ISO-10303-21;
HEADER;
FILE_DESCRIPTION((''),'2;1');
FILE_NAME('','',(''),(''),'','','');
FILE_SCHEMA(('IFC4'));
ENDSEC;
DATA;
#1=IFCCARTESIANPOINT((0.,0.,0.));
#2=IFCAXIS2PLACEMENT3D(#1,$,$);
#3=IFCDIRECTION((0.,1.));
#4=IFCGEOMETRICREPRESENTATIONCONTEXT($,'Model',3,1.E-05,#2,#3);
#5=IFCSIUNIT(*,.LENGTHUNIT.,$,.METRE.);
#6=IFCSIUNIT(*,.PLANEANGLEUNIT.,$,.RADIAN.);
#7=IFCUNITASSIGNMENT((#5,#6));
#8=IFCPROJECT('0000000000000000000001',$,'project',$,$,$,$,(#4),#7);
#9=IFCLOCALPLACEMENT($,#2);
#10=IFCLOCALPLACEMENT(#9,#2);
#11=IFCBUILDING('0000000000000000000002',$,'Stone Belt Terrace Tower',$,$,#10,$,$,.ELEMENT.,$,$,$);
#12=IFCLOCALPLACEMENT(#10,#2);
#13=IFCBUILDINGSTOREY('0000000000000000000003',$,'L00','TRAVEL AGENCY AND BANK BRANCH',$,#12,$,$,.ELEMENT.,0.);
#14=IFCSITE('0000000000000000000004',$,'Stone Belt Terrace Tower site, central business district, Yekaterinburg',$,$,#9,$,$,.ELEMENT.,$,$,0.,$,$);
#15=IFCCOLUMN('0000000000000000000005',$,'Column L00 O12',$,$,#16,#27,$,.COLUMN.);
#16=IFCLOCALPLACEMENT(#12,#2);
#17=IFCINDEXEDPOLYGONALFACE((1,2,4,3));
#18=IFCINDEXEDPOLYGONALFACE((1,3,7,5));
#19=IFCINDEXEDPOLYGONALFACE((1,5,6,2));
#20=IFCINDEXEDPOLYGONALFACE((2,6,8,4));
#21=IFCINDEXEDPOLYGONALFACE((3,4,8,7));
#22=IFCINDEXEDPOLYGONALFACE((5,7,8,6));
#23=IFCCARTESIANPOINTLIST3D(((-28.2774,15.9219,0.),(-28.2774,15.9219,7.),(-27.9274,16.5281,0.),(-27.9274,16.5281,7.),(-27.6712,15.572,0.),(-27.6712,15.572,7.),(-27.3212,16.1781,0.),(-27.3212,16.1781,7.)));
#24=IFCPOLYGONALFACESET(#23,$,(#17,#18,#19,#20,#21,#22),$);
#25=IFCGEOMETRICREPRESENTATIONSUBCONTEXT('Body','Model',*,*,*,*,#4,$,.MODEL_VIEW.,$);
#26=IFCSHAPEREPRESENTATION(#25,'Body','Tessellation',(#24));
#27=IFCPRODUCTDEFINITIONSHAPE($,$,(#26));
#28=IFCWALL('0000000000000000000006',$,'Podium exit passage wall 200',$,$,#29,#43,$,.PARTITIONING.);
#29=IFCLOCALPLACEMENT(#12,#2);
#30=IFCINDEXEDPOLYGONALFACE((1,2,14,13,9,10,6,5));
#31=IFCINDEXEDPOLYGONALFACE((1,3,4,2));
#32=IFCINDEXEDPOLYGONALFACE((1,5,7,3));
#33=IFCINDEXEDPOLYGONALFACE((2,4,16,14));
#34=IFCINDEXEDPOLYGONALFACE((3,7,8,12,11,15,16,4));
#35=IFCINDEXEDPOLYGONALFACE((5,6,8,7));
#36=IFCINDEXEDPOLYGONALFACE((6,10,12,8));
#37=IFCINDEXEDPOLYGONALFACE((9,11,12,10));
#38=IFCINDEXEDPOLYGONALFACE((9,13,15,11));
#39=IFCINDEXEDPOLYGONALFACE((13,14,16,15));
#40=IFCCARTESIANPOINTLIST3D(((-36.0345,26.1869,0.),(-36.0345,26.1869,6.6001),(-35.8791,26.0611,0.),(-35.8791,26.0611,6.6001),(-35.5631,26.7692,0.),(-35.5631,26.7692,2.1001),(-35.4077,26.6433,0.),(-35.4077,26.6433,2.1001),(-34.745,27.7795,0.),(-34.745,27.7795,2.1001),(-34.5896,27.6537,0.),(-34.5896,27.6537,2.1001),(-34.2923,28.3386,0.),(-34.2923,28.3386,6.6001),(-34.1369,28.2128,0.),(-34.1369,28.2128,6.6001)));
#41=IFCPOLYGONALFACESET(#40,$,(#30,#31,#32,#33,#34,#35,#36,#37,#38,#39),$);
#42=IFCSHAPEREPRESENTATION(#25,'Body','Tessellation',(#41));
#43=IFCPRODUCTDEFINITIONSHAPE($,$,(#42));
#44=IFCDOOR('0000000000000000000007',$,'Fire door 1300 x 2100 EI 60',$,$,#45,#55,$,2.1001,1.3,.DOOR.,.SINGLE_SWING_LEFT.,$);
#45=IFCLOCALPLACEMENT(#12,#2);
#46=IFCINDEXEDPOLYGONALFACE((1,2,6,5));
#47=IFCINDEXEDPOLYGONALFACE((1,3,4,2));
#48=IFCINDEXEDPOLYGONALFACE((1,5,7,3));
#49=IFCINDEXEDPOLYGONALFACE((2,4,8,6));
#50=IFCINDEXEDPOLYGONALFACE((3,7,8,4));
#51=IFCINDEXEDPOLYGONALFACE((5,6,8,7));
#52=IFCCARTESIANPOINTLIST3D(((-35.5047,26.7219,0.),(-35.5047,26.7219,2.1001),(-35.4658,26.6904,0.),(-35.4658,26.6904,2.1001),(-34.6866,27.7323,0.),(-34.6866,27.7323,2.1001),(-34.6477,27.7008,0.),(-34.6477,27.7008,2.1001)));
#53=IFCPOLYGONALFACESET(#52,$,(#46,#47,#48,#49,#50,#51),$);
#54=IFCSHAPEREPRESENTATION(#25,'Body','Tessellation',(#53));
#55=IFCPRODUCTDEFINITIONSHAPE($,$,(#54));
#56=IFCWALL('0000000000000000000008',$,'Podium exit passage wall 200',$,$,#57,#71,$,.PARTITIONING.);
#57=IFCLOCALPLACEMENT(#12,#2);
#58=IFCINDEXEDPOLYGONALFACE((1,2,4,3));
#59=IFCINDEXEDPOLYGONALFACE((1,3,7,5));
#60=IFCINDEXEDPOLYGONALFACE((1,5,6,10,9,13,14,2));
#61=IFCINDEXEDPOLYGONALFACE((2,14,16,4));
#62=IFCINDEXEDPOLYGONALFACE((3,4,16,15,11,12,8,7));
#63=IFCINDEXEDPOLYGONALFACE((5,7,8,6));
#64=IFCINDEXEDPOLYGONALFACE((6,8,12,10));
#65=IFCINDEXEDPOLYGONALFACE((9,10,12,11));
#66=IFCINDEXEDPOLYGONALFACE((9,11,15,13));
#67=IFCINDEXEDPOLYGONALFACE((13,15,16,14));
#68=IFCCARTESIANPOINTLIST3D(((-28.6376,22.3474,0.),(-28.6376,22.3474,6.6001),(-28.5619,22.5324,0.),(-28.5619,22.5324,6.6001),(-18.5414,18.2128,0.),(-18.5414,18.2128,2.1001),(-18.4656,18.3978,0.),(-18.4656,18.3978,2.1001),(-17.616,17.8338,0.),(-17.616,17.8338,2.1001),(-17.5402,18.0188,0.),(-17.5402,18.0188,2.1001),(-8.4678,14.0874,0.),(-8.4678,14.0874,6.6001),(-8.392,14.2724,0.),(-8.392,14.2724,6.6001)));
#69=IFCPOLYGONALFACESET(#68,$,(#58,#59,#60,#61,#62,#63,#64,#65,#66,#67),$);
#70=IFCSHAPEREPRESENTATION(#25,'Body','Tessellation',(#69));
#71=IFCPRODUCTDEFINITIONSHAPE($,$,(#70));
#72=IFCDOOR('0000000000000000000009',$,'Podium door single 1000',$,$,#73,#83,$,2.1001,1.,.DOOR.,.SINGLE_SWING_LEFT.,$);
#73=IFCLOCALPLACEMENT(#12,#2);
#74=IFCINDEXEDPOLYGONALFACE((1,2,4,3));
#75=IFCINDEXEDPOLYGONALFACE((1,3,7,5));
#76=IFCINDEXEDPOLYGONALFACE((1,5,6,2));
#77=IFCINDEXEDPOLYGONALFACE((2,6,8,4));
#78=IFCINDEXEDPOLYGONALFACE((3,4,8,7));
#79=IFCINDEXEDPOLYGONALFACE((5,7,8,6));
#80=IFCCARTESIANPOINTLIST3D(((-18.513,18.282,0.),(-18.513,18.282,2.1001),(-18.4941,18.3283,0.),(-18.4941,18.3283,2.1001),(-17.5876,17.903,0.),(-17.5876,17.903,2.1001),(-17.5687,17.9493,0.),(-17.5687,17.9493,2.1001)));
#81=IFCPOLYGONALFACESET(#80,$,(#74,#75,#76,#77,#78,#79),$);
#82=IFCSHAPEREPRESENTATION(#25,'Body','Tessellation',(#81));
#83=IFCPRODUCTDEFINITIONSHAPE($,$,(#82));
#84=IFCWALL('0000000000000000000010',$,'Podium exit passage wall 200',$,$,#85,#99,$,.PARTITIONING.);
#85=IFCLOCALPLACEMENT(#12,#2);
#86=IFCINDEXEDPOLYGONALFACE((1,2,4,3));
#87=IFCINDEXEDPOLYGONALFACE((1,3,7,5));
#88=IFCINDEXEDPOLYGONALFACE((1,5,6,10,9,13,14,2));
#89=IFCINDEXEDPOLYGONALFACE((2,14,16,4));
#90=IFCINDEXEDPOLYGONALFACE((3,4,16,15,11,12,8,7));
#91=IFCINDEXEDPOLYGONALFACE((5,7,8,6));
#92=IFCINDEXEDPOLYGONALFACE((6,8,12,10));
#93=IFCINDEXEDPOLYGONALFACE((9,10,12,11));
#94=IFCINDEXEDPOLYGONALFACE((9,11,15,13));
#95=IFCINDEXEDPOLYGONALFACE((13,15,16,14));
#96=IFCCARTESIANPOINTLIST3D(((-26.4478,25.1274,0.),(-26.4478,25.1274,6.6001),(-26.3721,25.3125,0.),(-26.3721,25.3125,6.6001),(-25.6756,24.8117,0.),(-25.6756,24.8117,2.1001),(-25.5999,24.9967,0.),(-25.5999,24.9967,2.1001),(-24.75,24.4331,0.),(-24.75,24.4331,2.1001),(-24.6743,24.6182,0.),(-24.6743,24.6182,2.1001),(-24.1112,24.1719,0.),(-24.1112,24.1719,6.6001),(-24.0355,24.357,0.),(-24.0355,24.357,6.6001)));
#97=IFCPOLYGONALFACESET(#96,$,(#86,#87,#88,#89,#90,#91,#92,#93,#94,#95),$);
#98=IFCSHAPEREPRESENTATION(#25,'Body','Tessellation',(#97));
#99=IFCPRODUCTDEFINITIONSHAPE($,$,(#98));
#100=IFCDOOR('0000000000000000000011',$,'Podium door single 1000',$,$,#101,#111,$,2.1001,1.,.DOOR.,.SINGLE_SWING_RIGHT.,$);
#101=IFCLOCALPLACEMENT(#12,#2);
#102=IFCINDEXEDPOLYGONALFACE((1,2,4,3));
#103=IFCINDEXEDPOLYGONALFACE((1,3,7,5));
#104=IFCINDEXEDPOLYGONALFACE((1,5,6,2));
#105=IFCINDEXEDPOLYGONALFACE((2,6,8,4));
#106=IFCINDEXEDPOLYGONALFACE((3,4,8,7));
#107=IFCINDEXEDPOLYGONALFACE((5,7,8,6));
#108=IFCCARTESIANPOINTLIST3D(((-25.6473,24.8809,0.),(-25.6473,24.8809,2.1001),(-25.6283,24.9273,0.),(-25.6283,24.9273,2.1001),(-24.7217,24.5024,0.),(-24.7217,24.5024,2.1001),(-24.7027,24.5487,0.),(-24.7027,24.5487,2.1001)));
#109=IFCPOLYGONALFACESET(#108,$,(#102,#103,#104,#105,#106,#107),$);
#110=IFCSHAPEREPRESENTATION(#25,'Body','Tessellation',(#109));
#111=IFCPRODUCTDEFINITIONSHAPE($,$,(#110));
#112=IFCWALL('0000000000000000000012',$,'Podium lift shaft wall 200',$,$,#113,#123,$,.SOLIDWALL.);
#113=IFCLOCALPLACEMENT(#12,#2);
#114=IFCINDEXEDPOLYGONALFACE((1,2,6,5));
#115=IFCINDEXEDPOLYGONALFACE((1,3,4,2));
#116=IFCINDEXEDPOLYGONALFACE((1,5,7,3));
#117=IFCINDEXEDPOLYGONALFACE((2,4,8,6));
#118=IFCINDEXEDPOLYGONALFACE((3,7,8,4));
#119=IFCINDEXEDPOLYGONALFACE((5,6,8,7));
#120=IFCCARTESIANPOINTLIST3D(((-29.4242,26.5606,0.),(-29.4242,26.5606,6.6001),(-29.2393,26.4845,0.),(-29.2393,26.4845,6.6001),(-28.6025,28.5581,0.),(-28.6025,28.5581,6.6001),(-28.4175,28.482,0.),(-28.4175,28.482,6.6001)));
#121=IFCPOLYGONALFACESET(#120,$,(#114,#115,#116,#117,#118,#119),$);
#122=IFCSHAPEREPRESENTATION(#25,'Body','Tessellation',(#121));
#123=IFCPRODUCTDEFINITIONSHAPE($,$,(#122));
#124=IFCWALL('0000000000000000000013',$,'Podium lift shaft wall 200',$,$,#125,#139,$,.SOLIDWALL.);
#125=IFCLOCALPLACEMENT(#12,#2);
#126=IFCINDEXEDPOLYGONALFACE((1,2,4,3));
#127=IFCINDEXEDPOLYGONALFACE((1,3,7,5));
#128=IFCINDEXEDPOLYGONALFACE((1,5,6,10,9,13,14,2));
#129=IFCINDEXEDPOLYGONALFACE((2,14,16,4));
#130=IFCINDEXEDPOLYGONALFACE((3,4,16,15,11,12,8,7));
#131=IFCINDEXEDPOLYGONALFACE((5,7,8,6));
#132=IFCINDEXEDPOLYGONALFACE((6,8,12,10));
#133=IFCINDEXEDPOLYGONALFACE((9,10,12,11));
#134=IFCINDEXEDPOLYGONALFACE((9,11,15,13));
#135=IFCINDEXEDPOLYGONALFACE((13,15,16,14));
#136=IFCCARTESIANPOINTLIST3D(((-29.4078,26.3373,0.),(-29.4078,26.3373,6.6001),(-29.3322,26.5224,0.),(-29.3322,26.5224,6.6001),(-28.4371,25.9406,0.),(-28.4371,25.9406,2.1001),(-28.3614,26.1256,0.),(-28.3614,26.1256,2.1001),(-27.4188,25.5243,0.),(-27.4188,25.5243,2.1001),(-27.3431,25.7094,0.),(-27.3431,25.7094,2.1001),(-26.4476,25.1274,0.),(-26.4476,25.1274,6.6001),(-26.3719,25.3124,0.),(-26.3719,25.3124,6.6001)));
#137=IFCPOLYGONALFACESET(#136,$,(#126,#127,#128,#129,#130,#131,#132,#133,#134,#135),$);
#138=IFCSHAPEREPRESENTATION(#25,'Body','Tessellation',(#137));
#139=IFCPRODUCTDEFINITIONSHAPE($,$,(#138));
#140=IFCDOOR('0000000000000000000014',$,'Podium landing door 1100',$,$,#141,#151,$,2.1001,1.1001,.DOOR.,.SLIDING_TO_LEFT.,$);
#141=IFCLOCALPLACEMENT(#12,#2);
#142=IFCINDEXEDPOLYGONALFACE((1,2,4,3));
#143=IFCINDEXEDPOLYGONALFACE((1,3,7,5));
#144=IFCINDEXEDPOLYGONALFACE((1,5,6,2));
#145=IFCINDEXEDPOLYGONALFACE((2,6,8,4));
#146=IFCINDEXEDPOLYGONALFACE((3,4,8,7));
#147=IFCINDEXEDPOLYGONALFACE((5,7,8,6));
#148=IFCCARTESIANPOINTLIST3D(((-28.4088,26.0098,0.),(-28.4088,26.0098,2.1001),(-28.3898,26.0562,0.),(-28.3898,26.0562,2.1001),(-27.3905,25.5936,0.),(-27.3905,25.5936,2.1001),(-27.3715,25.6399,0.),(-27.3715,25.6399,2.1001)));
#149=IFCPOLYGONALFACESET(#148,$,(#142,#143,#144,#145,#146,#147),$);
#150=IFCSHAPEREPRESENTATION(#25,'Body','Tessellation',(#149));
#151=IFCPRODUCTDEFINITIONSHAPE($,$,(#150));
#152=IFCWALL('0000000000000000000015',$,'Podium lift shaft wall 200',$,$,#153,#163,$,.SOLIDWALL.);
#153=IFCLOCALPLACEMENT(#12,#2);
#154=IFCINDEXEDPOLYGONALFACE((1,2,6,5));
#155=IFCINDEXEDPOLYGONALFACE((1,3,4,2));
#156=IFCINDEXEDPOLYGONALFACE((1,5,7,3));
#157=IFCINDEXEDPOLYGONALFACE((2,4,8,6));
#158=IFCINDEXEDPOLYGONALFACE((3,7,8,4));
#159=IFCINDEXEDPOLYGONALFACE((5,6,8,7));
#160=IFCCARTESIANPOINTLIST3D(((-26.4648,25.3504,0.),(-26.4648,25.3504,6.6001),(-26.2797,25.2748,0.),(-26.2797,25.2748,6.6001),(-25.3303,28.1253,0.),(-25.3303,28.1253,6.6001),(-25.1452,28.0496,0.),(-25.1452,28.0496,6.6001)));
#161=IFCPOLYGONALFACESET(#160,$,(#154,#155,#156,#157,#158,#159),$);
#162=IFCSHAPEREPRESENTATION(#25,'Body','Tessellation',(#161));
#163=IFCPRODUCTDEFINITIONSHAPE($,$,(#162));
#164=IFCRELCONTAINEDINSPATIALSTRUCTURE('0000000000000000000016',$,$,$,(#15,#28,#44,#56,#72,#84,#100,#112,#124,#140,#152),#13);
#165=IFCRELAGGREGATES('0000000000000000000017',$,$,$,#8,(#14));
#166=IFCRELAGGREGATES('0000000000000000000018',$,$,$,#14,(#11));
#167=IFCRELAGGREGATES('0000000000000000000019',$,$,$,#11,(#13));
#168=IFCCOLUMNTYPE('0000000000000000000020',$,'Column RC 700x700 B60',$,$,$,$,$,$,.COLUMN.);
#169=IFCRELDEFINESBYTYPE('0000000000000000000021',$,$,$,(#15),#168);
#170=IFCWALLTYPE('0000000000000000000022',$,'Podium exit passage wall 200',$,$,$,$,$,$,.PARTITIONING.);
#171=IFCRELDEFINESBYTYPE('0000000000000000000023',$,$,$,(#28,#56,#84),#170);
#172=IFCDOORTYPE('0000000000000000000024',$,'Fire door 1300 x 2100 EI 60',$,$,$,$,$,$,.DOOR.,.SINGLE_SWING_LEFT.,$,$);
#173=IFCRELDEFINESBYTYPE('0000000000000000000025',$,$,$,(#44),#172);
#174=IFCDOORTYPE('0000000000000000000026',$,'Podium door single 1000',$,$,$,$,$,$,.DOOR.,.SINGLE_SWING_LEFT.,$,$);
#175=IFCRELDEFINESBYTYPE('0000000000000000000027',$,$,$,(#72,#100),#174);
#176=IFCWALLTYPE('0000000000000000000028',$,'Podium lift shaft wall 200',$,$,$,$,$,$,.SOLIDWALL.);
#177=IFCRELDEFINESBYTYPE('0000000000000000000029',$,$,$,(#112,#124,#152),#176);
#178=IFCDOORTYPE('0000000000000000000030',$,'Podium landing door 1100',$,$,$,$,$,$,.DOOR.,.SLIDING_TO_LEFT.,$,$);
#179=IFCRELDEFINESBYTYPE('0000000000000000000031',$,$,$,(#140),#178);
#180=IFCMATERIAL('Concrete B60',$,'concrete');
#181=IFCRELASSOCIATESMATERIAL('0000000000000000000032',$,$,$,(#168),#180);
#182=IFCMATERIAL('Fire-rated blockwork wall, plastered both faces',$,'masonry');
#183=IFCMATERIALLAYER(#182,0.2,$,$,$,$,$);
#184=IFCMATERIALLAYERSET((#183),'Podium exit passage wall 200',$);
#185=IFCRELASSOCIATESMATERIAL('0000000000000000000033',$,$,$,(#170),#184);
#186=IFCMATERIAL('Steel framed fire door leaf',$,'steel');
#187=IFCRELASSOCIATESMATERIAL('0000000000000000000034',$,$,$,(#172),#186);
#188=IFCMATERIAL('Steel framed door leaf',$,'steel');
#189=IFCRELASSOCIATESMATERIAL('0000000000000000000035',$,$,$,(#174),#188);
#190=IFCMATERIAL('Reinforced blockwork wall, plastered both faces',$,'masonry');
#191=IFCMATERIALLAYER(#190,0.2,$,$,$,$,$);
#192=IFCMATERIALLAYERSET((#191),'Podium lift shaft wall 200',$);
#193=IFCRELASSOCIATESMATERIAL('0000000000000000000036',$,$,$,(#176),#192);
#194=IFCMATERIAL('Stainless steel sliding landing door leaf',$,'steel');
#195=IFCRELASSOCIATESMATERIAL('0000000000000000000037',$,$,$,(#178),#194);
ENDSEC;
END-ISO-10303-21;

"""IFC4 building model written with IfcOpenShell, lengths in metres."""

from ifc_helpers import new_model, si_unit, direction, frame, frame_2d, origin, origin_2d, place, context, subcontext, project, spatial, rectangle, extrude, material, layer, layer_set, material_profile, profile_set, type_object, element, fill, save


model = new_model("IFC4")

# Units and contexts
model_context = context("Model", 3, precision=1e-05, world=origin(), true_north=direction((0.0, 1.0)))
body_context = subcontext(model_context, "Body", "Model", "MODEL_VIEW")
ifc_project = project(units=[si_unit("LENGTHUNIT", "METRE"), si_unit("PLANEANGLEUNIT", "RADIAN")], contexts=[model_context])

# Site, building, storey
site_placement = place(None, origin())
site = spatial("IfcSite", under=ifc_project, at=site_placement, Name="Stone Belt Terrace Tower site, central business district, Yekaterinburg", CompositionType="ELEMENT", RefElevation=0.0)
building_placement = place(site_placement, origin())
building = spatial("IfcBuilding", under=site, at=building_placement, Name="Stone Belt Terrace Tower", CompositionType="ELEMENT")
storey_placement = place(building_placement, origin())
storey = spatial("IfcBuildingStorey", under=building, at=storey_placement, Name="L00", Description="TRAVEL AGENCY AND BANK BRANCH", CompositionType="ELEMENT", Elevation=0.0)

# Column
ifc_material_1 = material(Name="Concrete B60", Category="concrete")
ifc_material_profile = material_profile(ifc_material_1, rectangle(XDim=0.7, YDim=0.7, at=origin_2d()), Name="RC 700x700")
ifc_profile_set = profile_set([ifc_material_profile], Name="Concrete B60")
column_type = type_object("IfcColumnType", Name="Column RC 700x700 B60", PredefinedType="COLUMN", material=ifc_profile_set)
column_placement = place(storey_placement, frame((-27.7993, 16.05, 0.0), z_axis=(0.0, 0.0, 1.0), x_axis=(0.5, 0.866025, 0.0)))
element("IfcColumn", 1, at=column_placement, inside=storey, type_object=column_type, Name="Column L00 O12", PredefinedType="COLUMN", context=body_context, shape_type="SweptSolid", body=[
    extrude(rectangle(XDim=0.7, YDim=0.7, at=origin_2d()), origin(), (0.0, 0.0, 1.0), 7.0),
])

# Walls, openings, doors
ifc_material_2 = material(Name="Fire-rated blockwork wall, plastered both faces", Category="masonry")
ifc_layer_1 = layer(ifc_material_2, 0.2)
ifc_layer_set_1 = layer_set([ifc_layer_1], Name="Podium exit passage wall 200")
wall_type_1 = type_object("IfcWallType", Name="Podium exit passage wall 200", PredefinedType="PARTITIONING", material=ifc_layer_set_1)
wall_1_placement = place(storey_placement, frame((-35.9568, 26.124, 0.0), z_axis=(0.0, 0.0, 1.0), x_axis=(0.629287, 0.777173, 0.0)))
wall_1 = element("IfcWall", 2, at=wall_1_placement, inside=storey, type_object=wall_type_1, Name="Podium exit passage wall 200", PredefinedType="PARTITIONING", context=body_context, shape_type="SweptSolid", body=[
    extrude(rectangle(XDim=2.7686, YDim=0.2, at=frame_2d((1.3843, 0.0))), origin(), (0.0, 0.0, 1.0), 6.6001),
])
opening_1_placement = place(wall_1_placement, frame((0.7493, 0.0, 0.0)))
opening_1 = element("IfcOpeningElement", 3, at=opening_1_placement, cuts=wall_1, PredefinedType="OPENING", context=body_context, shape_type="SweptSolid", body=[
    extrude(rectangle(XDim=1.3, YDim=2.1001, at=frame_2d((0.6499, 1.05))), frame((0.0, 0.1099, 0.0), z_axis=(0.0, -1.0, 0.0), x_axis=(1.0, 0.0, 0.0)), (0.0, 0.0, 1.0), 0.22),
])
ifc_material_3 = material(Name="Steel framed fire door leaf", Category="steel")
door_type_1 = type_object("IfcDoorType", Name="Fire door 1300 x 2100 EI 60", OperationType="SINGLE_SWING_LEFT", PredefinedType="DOOR", material=ifc_material_3)
door_1_placement = place(opening_1_placement, origin())
door_1 = element("IfcDoor", 4, at=door_1_placement, inside=storey, type_object=door_type_1, Name="Fire door 1300 x 2100 EI 60", OperationType="SINGLE_SWING_LEFT", OverallHeight=2.1001, OverallWidth=1.3, PredefinedType="DOOR", context=body_context, shape_type="SweptSolid", body=[
    extrude(rectangle(XDim=1.3, YDim=2.1001, at=frame_2d((0.6499, 1.05))), frame((0.0, 0.0249, 0.0), z_axis=(0.0, -1.0, 0.0), x_axis=(1.0, 0.0, 0.0)), (0.0, 0.0, 1.0), 0.05),
])
fill(opening_1, door_1)
wall_2_placement = place(storey_placement, frame((-28.5999, 22.4399, 0.0), z_axis=(0.0, 0.0, 1.0), x_axis=(0.925407, -0.378974, 0.0)))
wall_2 = element("IfcWall", 5, at=wall_2_placement, inside=storey, type_object=wall_type_1, Name="Podium exit passage wall 200", PredefinedType="PARTITIONING", context=body_context, shape_type="SweptSolid", body=[
    extrude(rectangle(XDim=21.7957, YDim=0.2, at=frame_2d((10.8979, 0.0))), origin(), (0.0, 0.0, 1.0), 6.6001),
])
opening_2_placement = place(wall_2_placement, frame((10.9102, 0.0, 0.0)))
opening_2 = element("IfcOpeningElement", 6, at=opening_2_placement, cuts=wall_2, PredefinedType="OPENING", context=body_context, shape_type="SweptSolid", body=[
    extrude(rectangle(XDim=1.0, YDim=2.1001, at=frame_2d((0.5, 1.05))), frame((0.0, 0.1099, 0.0), z_axis=(0.0, -1.0, 0.0), x_axis=(1.0, 0.0, 0.0)), (0.0, 0.0, 1.0), 0.22),
])
ifc_material_4 = material(Name="Steel framed door leaf", Category="steel")
door_type_2 = type_object("IfcDoorType", Name="Podium door single 1000", OperationType="SINGLE_SWING_LEFT", PredefinedType="DOOR", material=ifc_material_4)
door_2_placement = place(opening_2_placement, origin())
door_2 = element("IfcDoor", 7, at=door_2_placement, inside=storey, type_object=door_type_2, Name="Podium door single 1000", OperationType="SINGLE_SWING_LEFT", OverallHeight=2.1001, OverallWidth=1.0, PredefinedType="DOOR", context=body_context, shape_type="SweptSolid", body=[
    extrude(rectangle(XDim=1.0, YDim=2.1001, at=frame_2d((0.5, 1.05))), frame((0.0, 0.0249, 0.0), z_axis=(0.0, -1.0, 0.0), x_axis=(1.0, 0.0, 0.0)), (0.0, 0.0, 1.0), 0.05),
])
fill(opening_2, door_2)
wall_3_placement = place(storey_placement, frame((-26.4099, 25.22, 0.0), z_axis=(0.0, 0.0, 1.0), x_axis=(0.925595, -0.378516, 0.0)))
wall_3 = element("IfcWall", 8, at=wall_3_placement, inside=storey, type_object=wall_type_1, Name="Podium exit passage wall 200", PredefinedType="PARTITIONING", context=body_context, shape_type="SweptSolid", body=[
    extrude(rectangle(XDim=2.5244, YDim=0.2, at=frame_2d((1.2622, 0.0))), origin(), (0.0, 0.0, 1.0), 6.6001),
])
opening_3_placement = place(wall_3_placement, frame((0.8342, 0.0, 0.0)))
opening_3 = element("IfcOpeningElement", 9, at=opening_3_placement, cuts=wall_3, PredefinedType="OPENING", context=body_context, shape_type="SweptSolid", body=[
    extrude(rectangle(XDim=1.0, YDim=2.1001, at=frame_2d((0.5, 1.05))), frame((0.0, 0.1099, 0.0), z_axis=(0.0, -1.0, 0.0), x_axis=(1.0, 0.0, 0.0)), (0.0, 0.0, 1.0), 0.22),
])
door_3_placement = place(opening_3_placement, origin())
door_3 = element("IfcDoor", 10, at=door_3_placement, inside=storey, type_object=door_type_2, Name="Podium door single 1000", OperationType="SINGLE_SWING_RIGHT", OverallHeight=2.1001, OverallWidth=1.0, PredefinedType="DOOR", context=body_context, shape_type="SweptSolid", body=[
    extrude(rectangle(XDim=1.0, YDim=2.1001, at=frame_2d((0.5, 1.05))), frame((0.0, 0.0249, 0.0), z_axis=(0.0, -1.0, 0.0), x_axis=(1.0, 0.0, 0.0)), (0.0, 0.0, 1.0), 0.05),
])
fill(opening_3, door_3)

# Wall
ifc_material_5 = material(Name="Reinforced blockwork wall, plastered both faces", Category="masonry")
ifc_layer_2 = layer(ifc_material_5, 0.2)
ifc_layer_set_2 = layer_set([ifc_layer_2], Name="Podium lift shaft wall 200")
wall_type_2 = type_object("IfcWallType", Name="Podium lift shaft wall 200", PredefinedType="SOLIDWALL", material=ifc_layer_set_2)
wall_4_placement = place(storey_placement, frame((-29.3318, 26.5225, 0.0), z_axis=(0.0, 0.0, 1.0), x_axis=(0.380454, 0.9248, 0.0)))
element("IfcWall", 11, at=wall_4_placement, inside=storey, type_object=wall_type_2, Name="Podium lift shaft wall 200", PredefinedType="SOLIDWALL", context=body_context, shape_type="SweptSolid", body=[
    extrude(rectangle(XDim=2.1599, YDim=0.2, at=frame_2d((1.0801, 0.0))), origin(), (0.0, 0.0, 1.0), 6.6001),
])

# Wall, opening, door
wall_5_placement = place(storey_placement, frame((-29.3701, 26.4299, 0.0), z_axis=(0.0, 0.0, 1.0), x_axis=(0.92566, -0.378356, 0.0)))
wall_5 = element("IfcWall", 12, at=wall_5_placement, inside=storey, type_object=wall_type_2, Name="Podium lift shaft wall 200", PredefinedType="SOLIDWALL", context=body_context, shape_type="SweptSolid", body=[
    extrude(rectangle(XDim=3.198, YDim=0.2, at=frame_2d((1.5991, 0.0))), origin(), (0.0, 0.0, 1.0), 6.6001),
])
opening_4_placement = place(wall_5_placement, frame((1.0488, 0.0, 0.0)))
opening_4 = element("IfcOpeningElement", 13, at=opening_4_placement, cuts=wall_5, PredefinedType="OPENING", context=body_context, shape_type="SweptSolid", body=[
    extrude(rectangle(XDim=1.1001, YDim=2.1001, at=frame_2d((0.55, 1.05))), frame((0.0, 0.1099, 0.0), z_axis=(0.0, -1.0, 0.0), x_axis=(1.0, 0.0, 0.0)), (0.0, 0.0, 1.0), 0.22),
])
ifc_material_6 = material(Name="Stainless steel sliding landing door leaf", Category="steel")
door_type_3 = type_object("IfcDoorType", Name="Podium landing door 1100", OperationType="SLIDING_TO_LEFT", PredefinedType="DOOR", material=ifc_material_6)
door_4_placement = place(opening_4_placement, origin())
door_4 = element("IfcDoor", 14, at=door_4_placement, inside=storey, type_object=door_type_3, Name="Podium landing door 1100", OperationType="SLIDING_TO_LEFT", OverallHeight=2.1001, OverallWidth=1.1001, PredefinedType="DOOR", context=body_context, shape_type="SweptSolid", body=[
    extrude(rectangle(XDim=1.1001, YDim=2.1001, at=frame_2d((0.55, 1.05))), frame((0.0, 0.0249, 0.0), z_axis=(0.0, -1.0, 0.0), x_axis=(1.0, 0.0, 0.0)), (0.0, 0.0, 1.0), 0.05),
])
fill(opening_4, door_4)

# Wall
wall_6_placement = place(storey_placement, frame((-26.3723, 25.3125, 0.0), z_axis=(0.0, 0.0, 1.0), x_axis=(0.378443, 0.925625, 0.0)))
element("IfcWall", 15, at=wall_6_placement, inside=storey, type_object=wall_type_2, Name="Podium lift shaft wall 200", PredefinedType="SOLIDWALL", context=body_context, shape_type="SweptSolid", body=[
    extrude(rectangle(XDim=2.9978, YDim=0.2, at=frame_2d((1.499, 0.0))), origin(), (0.0, 0.0, 1.0), 6.6001),
])

save(model, "model.ifc")
